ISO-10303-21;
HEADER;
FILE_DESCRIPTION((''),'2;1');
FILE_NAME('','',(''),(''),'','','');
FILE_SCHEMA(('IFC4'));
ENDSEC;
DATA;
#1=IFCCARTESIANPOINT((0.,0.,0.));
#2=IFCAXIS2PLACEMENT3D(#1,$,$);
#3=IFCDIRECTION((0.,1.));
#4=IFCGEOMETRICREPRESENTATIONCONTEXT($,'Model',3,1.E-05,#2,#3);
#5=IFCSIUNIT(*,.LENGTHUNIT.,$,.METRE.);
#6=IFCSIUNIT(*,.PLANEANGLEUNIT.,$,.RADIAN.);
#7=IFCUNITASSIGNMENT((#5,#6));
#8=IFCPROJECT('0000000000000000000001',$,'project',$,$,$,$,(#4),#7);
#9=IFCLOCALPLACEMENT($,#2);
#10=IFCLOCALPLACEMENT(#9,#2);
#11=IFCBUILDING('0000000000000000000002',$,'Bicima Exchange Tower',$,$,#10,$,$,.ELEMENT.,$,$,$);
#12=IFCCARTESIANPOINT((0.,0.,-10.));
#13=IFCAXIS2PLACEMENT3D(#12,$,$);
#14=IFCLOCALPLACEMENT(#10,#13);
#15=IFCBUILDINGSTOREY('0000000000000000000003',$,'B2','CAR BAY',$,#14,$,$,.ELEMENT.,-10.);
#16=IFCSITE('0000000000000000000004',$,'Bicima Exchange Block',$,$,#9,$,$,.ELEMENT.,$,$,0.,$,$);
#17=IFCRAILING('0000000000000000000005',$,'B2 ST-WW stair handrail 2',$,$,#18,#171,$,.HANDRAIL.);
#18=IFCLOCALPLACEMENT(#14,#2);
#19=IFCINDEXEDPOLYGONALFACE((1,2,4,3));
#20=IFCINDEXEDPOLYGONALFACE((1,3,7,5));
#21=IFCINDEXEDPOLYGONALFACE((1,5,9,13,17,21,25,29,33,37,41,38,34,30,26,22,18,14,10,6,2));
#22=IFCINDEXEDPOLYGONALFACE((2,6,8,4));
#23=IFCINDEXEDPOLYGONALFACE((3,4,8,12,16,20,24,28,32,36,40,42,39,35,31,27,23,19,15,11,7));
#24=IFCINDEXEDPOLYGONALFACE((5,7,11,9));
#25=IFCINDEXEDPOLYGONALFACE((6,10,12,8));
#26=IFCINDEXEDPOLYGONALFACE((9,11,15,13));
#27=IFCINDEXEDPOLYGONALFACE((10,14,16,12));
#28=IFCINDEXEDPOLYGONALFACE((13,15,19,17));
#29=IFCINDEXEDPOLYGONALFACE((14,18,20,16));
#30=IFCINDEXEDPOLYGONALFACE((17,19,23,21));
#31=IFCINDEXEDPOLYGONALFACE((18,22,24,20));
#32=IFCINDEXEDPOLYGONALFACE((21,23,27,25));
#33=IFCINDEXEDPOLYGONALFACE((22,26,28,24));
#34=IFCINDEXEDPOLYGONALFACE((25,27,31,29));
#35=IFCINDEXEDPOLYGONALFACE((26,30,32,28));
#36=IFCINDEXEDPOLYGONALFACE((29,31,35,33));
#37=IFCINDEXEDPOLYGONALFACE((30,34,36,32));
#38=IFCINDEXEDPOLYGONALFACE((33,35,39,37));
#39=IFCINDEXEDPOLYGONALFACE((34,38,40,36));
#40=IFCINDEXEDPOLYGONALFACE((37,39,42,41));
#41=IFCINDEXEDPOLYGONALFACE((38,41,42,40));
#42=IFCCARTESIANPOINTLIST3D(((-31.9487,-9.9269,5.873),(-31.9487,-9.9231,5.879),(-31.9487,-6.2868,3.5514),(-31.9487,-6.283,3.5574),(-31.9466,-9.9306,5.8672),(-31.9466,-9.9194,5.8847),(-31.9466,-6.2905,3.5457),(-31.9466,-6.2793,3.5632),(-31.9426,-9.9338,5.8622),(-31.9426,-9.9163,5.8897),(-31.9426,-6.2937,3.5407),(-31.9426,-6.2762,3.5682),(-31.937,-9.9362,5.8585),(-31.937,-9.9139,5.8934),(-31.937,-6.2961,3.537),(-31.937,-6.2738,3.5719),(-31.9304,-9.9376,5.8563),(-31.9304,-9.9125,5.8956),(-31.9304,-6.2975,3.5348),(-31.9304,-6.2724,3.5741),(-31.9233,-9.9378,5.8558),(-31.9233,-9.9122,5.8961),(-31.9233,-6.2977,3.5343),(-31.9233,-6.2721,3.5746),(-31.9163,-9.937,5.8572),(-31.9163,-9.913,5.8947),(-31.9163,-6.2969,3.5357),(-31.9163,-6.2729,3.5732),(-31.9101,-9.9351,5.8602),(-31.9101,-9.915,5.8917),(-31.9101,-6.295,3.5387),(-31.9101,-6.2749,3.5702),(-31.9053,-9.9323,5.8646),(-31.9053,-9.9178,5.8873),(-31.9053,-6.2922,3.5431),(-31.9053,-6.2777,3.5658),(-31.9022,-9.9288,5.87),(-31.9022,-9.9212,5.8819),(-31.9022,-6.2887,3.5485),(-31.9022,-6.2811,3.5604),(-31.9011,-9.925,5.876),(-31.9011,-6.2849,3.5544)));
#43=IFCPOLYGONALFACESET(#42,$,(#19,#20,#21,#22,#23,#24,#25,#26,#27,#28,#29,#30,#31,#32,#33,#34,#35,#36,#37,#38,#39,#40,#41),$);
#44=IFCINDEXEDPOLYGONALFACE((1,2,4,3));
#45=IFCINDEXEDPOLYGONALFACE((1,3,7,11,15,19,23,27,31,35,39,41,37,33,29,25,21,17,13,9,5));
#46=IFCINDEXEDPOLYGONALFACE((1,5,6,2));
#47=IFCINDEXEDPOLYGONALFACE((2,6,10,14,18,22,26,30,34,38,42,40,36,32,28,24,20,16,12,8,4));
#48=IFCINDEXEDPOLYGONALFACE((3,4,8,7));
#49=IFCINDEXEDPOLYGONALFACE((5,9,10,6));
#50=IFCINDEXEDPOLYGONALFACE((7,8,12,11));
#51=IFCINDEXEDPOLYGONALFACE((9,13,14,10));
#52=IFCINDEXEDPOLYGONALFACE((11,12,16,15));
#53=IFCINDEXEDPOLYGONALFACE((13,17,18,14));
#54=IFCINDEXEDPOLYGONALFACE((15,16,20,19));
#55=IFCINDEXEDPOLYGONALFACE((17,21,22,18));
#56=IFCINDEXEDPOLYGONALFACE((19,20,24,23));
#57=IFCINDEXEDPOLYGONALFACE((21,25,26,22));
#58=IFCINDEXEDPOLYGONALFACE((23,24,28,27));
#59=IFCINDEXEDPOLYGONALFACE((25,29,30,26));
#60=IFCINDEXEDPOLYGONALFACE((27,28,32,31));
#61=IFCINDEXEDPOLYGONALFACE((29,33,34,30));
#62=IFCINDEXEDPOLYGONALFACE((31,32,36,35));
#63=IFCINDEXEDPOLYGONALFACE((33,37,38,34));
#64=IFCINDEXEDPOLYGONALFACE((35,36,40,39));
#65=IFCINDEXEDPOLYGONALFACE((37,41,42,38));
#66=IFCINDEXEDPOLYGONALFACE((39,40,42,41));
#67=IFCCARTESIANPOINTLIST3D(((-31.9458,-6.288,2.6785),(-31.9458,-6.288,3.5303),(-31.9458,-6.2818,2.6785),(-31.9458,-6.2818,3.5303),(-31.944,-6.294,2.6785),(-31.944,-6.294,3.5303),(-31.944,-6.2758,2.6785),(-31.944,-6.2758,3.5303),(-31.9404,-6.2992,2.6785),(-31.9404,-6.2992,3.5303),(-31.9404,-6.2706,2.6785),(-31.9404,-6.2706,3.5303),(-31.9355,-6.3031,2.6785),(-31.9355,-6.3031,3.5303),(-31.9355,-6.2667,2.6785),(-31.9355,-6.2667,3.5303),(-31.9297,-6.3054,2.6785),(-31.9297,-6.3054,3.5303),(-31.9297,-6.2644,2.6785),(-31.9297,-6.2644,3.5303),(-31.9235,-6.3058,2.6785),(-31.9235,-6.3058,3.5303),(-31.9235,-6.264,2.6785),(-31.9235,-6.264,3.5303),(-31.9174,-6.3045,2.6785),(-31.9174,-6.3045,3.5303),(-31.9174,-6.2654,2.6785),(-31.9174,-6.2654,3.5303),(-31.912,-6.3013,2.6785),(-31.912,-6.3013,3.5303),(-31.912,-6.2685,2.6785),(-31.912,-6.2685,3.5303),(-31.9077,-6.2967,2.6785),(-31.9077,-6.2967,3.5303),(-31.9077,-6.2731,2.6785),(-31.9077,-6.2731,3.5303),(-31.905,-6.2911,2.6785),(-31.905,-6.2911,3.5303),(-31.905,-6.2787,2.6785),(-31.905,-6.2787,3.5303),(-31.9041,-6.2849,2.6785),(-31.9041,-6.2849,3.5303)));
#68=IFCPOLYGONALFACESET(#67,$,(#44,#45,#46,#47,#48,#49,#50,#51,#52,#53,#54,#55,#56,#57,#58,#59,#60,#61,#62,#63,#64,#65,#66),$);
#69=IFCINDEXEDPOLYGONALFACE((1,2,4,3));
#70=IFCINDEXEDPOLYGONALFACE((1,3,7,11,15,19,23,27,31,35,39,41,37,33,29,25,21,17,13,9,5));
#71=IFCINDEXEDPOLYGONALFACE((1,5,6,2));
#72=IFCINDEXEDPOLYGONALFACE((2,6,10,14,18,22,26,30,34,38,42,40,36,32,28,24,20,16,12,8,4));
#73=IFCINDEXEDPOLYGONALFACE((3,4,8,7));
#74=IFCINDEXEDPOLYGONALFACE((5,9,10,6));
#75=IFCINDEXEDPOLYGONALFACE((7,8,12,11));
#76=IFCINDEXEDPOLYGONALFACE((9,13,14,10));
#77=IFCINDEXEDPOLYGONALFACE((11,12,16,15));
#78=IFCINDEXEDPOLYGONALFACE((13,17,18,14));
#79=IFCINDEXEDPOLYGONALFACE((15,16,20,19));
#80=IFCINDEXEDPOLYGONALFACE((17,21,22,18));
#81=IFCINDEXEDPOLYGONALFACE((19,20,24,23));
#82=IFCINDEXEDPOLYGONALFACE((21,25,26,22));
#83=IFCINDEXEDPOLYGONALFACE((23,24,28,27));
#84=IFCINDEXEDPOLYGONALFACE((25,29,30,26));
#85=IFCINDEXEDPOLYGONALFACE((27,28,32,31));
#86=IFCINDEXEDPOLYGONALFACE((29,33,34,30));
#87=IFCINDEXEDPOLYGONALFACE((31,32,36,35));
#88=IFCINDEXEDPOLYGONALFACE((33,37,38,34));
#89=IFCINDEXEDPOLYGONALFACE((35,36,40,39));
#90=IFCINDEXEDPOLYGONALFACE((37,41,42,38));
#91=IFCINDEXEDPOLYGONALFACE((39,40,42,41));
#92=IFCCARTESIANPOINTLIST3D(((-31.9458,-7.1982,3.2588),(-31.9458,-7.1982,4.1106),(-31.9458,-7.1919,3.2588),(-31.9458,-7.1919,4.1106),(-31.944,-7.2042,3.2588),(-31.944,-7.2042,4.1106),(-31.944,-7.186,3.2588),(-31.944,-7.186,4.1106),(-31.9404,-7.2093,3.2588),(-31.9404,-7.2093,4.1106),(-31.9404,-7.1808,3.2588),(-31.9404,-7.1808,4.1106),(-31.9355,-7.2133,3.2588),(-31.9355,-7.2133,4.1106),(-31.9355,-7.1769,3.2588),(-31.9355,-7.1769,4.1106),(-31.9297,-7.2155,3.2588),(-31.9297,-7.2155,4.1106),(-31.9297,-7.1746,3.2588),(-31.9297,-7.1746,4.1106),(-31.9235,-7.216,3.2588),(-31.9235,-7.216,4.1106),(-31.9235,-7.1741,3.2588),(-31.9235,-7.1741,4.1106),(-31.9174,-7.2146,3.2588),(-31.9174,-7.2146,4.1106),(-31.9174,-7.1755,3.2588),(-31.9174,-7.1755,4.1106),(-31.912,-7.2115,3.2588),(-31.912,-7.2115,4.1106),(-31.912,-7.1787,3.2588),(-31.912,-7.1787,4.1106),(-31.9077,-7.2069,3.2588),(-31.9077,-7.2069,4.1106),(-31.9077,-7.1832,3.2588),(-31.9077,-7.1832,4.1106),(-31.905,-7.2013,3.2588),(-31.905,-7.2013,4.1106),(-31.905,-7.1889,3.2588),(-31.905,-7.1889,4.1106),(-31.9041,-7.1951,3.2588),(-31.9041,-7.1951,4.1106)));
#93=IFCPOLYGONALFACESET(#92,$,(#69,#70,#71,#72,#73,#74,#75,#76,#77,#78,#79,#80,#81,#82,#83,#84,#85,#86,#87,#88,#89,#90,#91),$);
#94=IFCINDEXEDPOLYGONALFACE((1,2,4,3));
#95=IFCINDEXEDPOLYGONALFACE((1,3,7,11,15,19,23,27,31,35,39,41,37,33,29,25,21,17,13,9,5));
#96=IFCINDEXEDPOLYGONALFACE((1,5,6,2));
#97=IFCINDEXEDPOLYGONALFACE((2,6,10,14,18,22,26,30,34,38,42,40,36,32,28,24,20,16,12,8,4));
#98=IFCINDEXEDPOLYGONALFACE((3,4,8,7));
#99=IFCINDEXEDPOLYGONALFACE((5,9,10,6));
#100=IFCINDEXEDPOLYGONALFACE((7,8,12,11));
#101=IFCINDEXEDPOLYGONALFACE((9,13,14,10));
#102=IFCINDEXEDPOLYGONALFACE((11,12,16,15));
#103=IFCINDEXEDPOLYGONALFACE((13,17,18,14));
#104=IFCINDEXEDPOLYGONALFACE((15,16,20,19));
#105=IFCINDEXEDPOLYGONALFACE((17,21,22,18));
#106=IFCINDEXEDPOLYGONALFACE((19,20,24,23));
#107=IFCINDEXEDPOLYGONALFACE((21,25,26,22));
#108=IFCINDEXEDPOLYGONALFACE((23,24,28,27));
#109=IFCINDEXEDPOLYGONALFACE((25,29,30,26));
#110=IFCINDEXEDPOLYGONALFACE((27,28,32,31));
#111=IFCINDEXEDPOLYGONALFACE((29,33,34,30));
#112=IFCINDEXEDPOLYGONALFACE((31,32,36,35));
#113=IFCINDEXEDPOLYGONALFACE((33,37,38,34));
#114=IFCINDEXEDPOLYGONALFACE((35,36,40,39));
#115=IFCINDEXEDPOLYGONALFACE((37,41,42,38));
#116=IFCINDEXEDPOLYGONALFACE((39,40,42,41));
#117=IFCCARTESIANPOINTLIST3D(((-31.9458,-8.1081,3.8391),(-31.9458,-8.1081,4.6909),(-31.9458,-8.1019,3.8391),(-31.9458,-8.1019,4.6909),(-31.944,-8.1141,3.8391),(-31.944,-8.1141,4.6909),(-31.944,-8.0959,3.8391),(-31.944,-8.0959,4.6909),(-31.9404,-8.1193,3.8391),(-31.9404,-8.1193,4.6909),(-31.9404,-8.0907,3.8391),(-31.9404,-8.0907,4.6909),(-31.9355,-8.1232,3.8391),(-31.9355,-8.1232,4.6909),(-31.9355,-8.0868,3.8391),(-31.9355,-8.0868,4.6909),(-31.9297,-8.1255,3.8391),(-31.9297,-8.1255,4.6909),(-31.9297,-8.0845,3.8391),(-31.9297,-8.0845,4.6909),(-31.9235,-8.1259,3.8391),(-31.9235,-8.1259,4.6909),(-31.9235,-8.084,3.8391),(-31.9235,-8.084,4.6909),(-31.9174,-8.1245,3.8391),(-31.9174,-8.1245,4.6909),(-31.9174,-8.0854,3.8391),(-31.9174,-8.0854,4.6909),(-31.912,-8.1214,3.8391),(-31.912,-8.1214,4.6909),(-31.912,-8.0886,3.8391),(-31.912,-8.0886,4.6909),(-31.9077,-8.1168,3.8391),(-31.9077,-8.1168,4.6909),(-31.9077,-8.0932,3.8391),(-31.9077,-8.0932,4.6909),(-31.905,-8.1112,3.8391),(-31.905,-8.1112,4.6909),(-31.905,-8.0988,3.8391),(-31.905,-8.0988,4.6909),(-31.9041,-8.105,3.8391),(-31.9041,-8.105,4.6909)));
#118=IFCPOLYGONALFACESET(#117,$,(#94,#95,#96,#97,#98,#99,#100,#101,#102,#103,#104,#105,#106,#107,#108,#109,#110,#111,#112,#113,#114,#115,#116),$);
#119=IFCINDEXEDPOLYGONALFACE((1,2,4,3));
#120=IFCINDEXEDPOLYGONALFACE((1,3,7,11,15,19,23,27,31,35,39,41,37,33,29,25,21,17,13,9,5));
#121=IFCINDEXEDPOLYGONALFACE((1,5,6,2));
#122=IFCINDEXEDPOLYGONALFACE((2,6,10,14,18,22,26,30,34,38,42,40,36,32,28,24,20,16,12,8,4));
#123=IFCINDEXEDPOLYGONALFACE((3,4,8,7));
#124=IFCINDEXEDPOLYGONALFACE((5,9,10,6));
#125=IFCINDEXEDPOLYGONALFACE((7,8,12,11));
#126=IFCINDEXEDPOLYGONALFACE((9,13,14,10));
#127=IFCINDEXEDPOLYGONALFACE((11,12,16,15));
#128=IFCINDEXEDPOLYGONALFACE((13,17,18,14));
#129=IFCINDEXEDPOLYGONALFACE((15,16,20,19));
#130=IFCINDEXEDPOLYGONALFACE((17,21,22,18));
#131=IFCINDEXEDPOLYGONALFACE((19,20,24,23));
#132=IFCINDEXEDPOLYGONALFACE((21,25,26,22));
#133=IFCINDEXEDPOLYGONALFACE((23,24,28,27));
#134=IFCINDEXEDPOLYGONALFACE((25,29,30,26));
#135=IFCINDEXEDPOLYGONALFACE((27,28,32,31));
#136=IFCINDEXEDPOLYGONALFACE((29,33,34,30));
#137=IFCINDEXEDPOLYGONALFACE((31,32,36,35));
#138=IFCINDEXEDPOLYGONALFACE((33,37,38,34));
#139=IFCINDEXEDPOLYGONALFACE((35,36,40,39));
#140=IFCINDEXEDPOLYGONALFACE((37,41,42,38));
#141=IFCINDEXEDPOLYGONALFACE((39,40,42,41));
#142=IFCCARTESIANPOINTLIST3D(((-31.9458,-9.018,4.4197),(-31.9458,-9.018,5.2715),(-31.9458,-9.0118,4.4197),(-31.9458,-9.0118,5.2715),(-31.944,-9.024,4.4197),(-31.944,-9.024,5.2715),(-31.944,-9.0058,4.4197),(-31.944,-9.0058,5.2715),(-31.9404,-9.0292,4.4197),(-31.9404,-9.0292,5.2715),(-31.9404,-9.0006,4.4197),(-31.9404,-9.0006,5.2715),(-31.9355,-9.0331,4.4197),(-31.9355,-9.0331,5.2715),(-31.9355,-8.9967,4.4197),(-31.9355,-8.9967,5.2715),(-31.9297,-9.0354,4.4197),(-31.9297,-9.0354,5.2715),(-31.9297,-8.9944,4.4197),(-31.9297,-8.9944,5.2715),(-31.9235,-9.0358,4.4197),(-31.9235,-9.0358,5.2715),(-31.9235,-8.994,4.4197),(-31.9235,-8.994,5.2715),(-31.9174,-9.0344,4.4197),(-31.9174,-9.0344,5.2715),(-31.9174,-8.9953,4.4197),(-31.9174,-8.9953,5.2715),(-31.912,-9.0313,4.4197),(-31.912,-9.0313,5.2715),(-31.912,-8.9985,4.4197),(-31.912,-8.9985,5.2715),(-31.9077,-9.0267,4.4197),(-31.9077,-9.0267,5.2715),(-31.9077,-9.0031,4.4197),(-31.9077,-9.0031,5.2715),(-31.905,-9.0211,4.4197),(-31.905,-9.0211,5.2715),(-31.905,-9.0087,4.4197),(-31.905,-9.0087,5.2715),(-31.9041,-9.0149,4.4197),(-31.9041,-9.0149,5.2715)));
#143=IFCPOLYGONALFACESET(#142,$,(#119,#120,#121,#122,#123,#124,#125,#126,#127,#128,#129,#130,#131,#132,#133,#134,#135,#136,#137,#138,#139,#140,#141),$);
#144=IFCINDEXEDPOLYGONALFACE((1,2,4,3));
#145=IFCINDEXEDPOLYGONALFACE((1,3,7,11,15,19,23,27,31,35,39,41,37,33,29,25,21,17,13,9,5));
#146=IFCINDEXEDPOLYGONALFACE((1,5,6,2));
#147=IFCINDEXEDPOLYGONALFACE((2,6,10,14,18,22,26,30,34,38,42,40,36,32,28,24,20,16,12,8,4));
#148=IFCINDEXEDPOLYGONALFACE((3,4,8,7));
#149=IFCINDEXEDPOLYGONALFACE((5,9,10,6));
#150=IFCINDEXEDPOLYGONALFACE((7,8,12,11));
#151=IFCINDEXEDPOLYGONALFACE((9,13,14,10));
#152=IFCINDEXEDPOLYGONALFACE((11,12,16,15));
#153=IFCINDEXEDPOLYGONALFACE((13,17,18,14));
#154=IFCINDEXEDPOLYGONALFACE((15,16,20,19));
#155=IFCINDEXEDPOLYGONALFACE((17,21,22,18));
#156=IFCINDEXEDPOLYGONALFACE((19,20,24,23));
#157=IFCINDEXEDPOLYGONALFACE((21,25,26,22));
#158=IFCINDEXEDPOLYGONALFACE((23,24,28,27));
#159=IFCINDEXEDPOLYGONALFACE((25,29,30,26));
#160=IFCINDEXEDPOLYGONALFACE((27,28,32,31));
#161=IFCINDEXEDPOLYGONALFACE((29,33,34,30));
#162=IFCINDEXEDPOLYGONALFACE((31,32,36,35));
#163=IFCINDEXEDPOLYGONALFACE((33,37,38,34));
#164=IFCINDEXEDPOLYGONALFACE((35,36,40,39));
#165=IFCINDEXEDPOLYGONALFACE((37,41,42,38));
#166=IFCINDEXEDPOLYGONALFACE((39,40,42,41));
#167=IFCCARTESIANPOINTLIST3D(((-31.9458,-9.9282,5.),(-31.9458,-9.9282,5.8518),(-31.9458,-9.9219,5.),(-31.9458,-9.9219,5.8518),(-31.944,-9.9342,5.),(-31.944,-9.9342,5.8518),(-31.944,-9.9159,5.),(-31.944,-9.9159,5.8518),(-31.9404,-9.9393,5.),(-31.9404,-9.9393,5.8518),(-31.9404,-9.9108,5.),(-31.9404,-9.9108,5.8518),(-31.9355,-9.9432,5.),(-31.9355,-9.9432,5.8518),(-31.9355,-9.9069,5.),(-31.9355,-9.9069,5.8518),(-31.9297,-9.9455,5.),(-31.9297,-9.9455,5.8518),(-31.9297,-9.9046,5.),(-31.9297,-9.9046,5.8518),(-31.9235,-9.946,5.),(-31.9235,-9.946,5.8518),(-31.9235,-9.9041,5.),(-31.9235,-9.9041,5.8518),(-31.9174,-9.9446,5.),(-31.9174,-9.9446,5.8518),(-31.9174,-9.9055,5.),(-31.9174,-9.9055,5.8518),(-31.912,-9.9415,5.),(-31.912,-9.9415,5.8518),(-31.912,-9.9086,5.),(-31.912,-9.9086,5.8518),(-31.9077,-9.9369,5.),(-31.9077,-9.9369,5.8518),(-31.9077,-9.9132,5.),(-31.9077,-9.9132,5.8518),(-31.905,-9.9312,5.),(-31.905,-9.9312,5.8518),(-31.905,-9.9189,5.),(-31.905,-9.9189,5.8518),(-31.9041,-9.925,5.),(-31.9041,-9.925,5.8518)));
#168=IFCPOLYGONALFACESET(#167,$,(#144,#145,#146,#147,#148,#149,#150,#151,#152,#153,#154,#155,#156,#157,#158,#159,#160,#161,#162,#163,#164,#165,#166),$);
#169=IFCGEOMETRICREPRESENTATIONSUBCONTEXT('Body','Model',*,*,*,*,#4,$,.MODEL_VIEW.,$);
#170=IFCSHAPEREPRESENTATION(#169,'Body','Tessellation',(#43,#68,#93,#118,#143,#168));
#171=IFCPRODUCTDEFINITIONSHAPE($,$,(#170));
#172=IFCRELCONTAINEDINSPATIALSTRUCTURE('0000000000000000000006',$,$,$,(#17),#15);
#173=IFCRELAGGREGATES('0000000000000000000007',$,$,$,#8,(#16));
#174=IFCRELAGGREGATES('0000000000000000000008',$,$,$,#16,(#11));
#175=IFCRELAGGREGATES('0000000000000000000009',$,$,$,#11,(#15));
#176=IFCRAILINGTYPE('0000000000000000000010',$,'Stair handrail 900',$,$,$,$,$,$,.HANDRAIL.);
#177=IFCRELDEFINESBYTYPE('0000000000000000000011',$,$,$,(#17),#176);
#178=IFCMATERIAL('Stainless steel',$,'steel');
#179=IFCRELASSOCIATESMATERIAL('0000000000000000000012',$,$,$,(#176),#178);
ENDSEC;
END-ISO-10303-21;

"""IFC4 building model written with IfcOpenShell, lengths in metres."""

from ifc_helpers import new_model, si_unit, direction, frame, origin, origin_2d, place, context, subcontext, project, spatial, circle, extrude, material, type_object, element, save


model = new_model("IFC4")

# Units and contexts
model_context = context("Model", 3, precision=1e-05, world=origin(), true_north=direction((0.0, 1.0)))
body_context = subcontext(model_context, "Body", "Model", "MODEL_VIEW")
ifc_project = project(units=[si_unit("LENGTHUNIT", "METRE"), si_unit("PLANEANGLEUNIT", "RADIAN")], contexts=[model_context])

# Site, building, storey
site_placement = place(None, origin())
site = spatial("IfcSite", under=ifc_project, at=site_placement, Name="Bicima Exchange Block", CompositionType="ELEMENT", RefElevation=0.0)
building_placement = place(site_placement, origin())
building = spatial("IfcBuilding", under=site, at=building_placement, Name="Bicima Exchange Tower", CompositionType="ELEMENT")
storey_placement = place(building_placement, frame((0.0, 0.0, -10.0)))
storey = spatial("IfcBuildingStorey", under=building, at=storey_placement, Name="B2", Description="CAR BAY", CompositionType="ELEMENT", Elevation=-10.0)

# Railing
ifc_material_1 = material(Name="Stainless steel", Category="steel")
railing_type_1 = type_object("IfcRailingType", Name="Stair handrail 900", PredefinedType="HANDRAIL", material=ifc_material_1)
railing_1_placement = place(storey_placement, frame((-31.925, -6.2849, 2.6785)))
element("IfcRailing", 1, at=railing_1_placement, inside=storey, type_object=railing_type_1, Name="B2 ST-WW stair handrail 2", PredefinedType="HANDRAIL", context=body_context, shape_type="SweptSolid", body=[
    extrude(circle(Radius=0.0239, at=origin_2d()), frame((0.0, 0.0, 0.876), z_axis=(0.0, -0.843128, 0.537713), x_axis=(1.0, 0.0, 0.0)), (0.0, 0.0, 1.0), 4.3174),
    extrude(circle(Radius=0.021, at=origin_2d()), origin(), (0.0, 0.0, 1.0), 0.8518),
    extrude(circle(Radius=0.021, at=origin_2d()), frame((0.0, -0.9102, 0.5803)), (0.0, 0.0, 1.0), 0.8518),
    extrude(circle(Radius=0.021, at=origin_2d()), frame((0.0, -1.8201, 1.1606)), (0.0, 0.0, 1.0), 0.8518),
    extrude(circle(Radius=0.021, at=origin_2d()), frame((0.0, -2.73, 1.7412)), (0.0, 0.0, 1.0), 0.8518),
    extrude(circle(Radius=0.021, at=origin_2d()), frame((0.0, -3.6401, 2.3215)), (0.0, 0.0, 1.0), 0.8518),
])

save(model, "model.ifc")
